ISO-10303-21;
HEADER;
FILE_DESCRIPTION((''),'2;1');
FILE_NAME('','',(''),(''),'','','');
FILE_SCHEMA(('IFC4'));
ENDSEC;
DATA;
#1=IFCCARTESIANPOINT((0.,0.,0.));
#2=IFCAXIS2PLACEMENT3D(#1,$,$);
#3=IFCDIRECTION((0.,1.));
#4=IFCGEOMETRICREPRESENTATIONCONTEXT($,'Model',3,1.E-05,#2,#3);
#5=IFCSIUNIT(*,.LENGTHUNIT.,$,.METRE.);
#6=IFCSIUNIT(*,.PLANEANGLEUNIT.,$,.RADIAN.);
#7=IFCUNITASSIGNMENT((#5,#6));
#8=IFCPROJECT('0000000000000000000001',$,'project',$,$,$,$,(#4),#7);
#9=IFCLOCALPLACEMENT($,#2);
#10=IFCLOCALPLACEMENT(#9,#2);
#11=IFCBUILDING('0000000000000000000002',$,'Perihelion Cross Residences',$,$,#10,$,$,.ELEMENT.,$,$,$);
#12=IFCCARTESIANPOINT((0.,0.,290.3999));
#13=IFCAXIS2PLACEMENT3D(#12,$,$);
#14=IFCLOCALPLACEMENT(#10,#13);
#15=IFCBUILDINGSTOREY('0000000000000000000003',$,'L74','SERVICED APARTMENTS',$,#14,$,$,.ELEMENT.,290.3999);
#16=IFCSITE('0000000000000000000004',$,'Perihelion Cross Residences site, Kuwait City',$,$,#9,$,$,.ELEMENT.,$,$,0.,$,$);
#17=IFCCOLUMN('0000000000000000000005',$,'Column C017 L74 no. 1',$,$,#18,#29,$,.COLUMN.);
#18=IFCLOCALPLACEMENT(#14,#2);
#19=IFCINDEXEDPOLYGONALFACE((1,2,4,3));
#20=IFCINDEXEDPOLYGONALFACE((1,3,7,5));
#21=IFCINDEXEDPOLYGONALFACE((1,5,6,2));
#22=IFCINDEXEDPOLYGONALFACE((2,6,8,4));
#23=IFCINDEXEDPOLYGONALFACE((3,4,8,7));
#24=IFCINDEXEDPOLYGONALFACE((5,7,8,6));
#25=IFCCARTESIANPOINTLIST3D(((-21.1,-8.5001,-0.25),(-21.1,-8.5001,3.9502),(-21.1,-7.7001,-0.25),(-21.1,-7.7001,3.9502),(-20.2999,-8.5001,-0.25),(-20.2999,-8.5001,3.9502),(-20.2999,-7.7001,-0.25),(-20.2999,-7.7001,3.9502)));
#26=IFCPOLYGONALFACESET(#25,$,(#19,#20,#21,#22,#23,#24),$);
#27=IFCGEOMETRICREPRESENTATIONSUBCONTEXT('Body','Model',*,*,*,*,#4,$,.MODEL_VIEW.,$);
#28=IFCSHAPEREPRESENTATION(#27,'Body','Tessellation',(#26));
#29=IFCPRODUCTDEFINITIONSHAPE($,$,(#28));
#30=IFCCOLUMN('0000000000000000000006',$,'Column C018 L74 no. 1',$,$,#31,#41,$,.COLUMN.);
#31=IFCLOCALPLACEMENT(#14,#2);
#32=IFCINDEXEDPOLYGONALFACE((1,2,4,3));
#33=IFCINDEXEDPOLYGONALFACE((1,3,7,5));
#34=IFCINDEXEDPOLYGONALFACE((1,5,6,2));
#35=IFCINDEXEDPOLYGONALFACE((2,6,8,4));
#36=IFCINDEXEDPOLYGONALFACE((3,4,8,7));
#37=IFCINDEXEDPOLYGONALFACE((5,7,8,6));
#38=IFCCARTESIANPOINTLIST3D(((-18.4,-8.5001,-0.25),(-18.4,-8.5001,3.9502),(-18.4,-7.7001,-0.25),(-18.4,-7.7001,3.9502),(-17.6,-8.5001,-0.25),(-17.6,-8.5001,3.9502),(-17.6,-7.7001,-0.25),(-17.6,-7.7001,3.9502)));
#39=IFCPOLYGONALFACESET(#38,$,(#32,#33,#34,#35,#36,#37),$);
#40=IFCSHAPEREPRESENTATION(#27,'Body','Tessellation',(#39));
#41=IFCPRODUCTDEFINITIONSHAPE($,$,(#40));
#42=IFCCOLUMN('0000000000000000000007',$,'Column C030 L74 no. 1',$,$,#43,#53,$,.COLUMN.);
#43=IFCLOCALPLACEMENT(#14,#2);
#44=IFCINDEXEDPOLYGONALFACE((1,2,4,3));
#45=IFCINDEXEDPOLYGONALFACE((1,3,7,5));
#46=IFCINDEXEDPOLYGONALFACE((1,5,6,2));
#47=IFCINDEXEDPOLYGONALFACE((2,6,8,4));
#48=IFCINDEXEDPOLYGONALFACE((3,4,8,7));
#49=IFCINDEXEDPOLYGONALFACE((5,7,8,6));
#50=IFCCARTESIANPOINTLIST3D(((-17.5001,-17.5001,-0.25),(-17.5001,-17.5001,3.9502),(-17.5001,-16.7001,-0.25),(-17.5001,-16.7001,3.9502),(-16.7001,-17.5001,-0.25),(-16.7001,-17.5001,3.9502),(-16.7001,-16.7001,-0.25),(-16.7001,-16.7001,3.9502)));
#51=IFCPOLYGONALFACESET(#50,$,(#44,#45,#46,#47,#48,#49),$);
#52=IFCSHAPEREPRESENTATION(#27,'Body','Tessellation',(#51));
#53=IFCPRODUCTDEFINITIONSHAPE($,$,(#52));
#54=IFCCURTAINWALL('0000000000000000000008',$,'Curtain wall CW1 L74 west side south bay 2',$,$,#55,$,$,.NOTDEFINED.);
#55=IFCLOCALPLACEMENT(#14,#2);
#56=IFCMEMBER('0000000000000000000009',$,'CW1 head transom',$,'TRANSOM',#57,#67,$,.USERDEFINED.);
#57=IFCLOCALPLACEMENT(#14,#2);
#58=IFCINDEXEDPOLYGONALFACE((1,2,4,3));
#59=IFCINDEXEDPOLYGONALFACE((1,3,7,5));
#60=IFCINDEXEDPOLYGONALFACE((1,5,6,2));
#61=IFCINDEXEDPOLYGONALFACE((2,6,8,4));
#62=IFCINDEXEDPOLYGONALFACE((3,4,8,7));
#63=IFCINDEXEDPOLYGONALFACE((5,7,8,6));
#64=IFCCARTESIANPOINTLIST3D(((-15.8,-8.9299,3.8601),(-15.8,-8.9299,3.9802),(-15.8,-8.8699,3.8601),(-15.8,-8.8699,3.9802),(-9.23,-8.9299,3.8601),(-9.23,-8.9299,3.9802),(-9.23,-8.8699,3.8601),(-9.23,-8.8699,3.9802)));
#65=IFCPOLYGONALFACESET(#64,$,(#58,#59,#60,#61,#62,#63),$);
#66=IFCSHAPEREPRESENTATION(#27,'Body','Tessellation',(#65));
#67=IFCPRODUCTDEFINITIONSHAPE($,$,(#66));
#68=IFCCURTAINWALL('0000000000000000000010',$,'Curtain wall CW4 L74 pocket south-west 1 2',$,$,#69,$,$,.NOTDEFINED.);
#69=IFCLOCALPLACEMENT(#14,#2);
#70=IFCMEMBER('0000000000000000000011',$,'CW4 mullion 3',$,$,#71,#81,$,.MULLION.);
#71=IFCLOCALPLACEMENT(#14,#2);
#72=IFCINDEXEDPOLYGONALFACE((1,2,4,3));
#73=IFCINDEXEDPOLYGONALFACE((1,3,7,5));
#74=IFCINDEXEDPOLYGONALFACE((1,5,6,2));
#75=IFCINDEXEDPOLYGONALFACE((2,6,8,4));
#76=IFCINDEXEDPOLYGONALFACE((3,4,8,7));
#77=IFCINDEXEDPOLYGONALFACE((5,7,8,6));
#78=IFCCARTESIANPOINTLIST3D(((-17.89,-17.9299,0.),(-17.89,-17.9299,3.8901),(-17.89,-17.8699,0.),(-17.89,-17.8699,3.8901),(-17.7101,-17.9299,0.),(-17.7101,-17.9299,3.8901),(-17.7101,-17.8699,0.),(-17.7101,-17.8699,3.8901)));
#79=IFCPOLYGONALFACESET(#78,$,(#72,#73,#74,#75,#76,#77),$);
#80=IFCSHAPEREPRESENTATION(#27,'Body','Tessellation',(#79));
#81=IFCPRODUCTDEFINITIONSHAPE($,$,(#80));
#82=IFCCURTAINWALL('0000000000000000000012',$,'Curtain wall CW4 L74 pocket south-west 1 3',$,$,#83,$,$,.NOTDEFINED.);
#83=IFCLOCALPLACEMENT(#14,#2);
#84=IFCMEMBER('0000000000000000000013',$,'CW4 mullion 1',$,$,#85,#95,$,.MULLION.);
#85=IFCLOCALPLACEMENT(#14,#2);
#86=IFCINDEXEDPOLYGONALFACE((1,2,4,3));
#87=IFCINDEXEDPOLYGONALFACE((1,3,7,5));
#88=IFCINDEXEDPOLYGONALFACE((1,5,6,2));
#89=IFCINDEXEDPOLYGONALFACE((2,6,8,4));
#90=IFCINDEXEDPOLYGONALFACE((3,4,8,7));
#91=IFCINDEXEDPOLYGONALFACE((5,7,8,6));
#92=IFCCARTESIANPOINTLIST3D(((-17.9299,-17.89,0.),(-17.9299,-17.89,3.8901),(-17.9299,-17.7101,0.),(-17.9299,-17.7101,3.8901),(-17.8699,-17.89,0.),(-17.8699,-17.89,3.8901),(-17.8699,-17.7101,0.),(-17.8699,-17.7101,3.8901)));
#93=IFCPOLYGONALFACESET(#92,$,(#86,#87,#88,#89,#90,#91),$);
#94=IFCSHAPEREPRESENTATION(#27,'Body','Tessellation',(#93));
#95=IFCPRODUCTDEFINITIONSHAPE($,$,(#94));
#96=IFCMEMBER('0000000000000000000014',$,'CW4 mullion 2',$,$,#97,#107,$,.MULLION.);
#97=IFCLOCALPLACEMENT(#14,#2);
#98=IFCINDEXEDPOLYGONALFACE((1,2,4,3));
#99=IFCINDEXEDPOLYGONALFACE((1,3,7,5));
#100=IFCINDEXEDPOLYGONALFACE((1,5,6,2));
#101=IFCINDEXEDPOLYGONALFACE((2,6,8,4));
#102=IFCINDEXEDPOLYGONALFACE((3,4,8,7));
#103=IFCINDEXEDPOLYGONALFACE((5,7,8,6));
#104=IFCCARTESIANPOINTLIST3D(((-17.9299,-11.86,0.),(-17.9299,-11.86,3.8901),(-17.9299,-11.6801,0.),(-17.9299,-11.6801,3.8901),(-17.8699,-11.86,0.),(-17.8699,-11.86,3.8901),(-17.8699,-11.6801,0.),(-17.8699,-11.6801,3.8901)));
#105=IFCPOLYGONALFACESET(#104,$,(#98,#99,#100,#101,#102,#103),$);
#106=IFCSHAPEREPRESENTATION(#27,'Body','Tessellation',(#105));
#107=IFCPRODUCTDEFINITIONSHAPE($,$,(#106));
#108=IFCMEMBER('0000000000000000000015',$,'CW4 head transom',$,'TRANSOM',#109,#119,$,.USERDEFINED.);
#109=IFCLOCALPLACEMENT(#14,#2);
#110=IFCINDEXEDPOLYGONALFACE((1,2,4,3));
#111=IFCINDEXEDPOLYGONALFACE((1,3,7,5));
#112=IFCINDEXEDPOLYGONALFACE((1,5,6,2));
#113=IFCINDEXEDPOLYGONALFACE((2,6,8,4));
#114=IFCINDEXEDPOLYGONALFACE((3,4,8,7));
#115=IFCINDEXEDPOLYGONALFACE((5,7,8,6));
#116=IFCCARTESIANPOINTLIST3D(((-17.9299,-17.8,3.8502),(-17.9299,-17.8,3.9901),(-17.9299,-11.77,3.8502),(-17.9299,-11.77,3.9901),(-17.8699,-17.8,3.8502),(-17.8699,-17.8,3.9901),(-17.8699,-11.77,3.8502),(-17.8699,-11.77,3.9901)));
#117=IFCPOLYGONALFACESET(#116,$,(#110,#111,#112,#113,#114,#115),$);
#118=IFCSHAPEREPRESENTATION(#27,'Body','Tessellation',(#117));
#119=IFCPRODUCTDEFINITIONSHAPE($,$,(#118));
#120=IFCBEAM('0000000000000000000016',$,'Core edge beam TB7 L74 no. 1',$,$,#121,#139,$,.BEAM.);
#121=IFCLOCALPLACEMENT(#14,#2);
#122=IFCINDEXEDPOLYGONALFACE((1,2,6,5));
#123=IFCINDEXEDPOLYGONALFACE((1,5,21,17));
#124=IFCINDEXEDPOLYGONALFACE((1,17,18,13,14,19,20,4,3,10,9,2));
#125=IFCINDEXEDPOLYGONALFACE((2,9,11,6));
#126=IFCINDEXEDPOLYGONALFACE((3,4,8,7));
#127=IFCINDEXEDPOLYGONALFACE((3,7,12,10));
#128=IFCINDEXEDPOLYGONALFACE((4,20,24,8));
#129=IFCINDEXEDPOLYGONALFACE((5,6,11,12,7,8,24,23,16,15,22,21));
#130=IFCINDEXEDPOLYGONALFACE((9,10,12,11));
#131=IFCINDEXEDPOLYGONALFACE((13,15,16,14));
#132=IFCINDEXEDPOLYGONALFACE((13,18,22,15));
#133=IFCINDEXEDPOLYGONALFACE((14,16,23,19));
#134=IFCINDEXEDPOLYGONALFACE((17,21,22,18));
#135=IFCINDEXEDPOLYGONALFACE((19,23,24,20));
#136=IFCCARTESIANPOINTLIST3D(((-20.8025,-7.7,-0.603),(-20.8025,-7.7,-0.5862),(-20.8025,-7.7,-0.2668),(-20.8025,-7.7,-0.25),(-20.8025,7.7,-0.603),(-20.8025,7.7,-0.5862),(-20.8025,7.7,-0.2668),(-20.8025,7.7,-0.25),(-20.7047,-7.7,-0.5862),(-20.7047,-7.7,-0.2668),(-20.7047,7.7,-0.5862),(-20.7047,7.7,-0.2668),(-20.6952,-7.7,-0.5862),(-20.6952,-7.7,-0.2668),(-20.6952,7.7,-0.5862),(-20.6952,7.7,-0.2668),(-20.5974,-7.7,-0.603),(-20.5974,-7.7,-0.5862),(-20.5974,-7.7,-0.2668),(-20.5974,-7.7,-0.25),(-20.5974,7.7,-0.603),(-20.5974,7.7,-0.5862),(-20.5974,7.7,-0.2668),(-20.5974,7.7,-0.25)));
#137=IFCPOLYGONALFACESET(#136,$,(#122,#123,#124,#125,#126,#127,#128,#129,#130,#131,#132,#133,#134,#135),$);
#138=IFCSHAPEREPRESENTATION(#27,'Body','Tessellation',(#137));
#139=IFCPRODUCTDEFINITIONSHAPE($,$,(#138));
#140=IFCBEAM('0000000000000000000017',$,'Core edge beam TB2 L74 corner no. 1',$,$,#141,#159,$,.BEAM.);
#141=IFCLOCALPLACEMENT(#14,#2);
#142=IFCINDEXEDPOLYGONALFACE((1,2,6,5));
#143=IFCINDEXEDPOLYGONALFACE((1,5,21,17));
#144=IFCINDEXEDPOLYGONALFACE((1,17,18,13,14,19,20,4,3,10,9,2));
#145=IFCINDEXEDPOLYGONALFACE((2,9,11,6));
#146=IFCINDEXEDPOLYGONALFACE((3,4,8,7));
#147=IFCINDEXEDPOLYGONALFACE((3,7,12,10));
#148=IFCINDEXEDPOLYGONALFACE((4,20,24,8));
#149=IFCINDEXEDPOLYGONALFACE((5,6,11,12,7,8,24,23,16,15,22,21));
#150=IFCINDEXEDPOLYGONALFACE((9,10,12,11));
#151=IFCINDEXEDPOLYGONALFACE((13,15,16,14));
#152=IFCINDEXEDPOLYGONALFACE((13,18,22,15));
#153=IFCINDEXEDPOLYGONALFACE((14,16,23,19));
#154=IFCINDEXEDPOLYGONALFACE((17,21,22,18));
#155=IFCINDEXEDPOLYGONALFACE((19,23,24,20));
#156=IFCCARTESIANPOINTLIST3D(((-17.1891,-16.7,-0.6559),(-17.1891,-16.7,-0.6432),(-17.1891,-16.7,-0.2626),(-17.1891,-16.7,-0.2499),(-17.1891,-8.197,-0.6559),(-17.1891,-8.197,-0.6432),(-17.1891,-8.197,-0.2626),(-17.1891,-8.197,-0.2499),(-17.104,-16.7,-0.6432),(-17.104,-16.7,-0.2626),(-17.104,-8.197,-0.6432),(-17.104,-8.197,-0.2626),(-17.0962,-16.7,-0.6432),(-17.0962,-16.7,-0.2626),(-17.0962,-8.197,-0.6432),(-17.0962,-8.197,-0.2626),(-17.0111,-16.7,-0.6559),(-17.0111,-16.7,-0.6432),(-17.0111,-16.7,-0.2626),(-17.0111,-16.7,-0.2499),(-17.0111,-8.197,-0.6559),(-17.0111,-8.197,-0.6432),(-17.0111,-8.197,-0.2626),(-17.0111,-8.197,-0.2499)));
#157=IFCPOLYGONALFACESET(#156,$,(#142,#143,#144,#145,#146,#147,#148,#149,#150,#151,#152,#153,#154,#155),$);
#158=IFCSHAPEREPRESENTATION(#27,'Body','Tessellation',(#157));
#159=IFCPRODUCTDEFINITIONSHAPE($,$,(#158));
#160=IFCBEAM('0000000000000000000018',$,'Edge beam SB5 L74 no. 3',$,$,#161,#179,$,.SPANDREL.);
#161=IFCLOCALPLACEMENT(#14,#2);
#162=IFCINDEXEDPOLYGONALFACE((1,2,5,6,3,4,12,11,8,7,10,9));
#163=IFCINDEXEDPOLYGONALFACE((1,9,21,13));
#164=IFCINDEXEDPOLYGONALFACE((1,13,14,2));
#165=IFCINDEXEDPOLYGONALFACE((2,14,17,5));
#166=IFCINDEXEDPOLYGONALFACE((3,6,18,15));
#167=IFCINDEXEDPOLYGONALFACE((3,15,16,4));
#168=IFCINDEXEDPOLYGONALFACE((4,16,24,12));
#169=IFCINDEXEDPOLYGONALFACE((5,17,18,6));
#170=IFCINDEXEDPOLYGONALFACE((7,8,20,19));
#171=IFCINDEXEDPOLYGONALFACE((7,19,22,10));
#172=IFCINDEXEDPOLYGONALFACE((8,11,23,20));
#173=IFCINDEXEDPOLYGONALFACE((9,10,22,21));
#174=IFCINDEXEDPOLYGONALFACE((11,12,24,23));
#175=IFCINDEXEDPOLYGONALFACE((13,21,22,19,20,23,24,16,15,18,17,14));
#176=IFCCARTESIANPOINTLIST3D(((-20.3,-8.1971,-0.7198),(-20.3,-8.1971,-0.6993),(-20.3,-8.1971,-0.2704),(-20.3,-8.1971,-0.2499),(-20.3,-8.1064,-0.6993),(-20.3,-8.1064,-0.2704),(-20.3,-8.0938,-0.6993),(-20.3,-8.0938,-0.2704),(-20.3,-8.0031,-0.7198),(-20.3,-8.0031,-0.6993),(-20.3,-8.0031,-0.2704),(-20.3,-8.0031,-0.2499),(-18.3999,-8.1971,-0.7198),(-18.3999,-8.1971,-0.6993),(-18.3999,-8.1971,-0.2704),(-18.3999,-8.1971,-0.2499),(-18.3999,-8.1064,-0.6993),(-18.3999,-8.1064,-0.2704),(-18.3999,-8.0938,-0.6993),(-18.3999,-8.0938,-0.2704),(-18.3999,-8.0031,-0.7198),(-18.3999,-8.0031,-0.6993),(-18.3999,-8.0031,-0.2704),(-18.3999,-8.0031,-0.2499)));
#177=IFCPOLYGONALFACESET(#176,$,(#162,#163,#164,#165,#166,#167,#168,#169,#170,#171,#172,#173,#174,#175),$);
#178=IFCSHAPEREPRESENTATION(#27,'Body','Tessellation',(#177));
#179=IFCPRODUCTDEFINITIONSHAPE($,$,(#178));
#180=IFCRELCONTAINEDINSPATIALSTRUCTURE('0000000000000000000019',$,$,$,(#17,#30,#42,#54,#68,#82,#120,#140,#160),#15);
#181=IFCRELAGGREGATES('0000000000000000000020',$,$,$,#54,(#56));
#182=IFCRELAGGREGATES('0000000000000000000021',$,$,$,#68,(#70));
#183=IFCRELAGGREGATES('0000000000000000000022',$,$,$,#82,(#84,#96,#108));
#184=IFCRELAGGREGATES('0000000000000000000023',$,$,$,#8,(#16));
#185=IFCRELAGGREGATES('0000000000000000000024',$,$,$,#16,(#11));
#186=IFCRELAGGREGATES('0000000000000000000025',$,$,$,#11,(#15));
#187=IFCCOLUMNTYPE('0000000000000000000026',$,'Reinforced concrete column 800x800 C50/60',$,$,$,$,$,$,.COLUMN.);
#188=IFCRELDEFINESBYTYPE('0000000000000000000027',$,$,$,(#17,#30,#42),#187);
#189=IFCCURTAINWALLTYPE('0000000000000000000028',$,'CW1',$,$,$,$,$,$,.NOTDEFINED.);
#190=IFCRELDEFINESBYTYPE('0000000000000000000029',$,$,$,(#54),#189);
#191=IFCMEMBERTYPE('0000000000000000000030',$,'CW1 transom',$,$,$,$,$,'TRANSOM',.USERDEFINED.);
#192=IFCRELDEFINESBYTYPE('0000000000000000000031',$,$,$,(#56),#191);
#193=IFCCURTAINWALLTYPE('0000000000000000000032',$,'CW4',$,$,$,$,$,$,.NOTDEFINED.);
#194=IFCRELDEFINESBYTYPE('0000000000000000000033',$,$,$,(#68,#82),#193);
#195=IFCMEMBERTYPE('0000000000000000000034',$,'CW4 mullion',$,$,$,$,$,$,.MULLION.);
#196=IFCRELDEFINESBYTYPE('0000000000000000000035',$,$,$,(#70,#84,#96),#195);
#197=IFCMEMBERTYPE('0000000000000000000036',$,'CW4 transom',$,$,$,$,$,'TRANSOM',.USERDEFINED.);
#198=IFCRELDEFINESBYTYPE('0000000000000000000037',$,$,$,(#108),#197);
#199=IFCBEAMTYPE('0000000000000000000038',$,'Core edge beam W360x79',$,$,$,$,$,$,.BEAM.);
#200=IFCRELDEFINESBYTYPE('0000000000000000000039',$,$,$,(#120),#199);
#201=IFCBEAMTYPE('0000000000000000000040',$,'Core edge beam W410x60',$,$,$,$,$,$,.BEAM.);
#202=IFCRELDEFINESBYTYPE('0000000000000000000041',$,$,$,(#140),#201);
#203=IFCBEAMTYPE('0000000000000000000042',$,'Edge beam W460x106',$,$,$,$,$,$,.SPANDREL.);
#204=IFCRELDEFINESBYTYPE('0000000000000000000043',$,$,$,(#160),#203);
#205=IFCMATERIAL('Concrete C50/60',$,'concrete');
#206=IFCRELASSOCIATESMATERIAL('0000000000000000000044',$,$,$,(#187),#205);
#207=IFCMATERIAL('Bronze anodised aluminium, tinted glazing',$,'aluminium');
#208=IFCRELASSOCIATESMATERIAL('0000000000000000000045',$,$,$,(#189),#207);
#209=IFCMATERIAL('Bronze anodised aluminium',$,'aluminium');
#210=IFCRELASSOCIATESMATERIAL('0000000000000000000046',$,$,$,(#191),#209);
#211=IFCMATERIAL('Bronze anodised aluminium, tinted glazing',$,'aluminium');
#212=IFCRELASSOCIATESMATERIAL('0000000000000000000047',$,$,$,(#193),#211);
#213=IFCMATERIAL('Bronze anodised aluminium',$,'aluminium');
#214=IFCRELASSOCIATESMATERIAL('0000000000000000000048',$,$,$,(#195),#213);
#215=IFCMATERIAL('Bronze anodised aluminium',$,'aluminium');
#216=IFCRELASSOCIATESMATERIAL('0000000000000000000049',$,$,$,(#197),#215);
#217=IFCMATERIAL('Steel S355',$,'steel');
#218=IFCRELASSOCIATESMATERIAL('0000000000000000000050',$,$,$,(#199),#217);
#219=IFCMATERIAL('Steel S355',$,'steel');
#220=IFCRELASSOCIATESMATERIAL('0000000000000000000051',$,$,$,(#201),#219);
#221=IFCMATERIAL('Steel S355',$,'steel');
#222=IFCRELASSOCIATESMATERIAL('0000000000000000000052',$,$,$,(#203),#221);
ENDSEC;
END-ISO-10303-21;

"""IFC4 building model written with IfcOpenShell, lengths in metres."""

from ifc_helpers import new_model, si_unit, direction, frame, origin, origin_2d, place, context, subcontext, project, spatial, rectangle, i_section, extrude, material, material_profile, profile_set, type_object, element, aggregate, save


model = new_model("IFC4")

# Units and contexts
model_context = context("Model", 3, precision=1e-05, world=origin(), true_north=direction((0.0, 1.0)))
body_context = subcontext(model_context, "Body", "Model", "MODEL_VIEW")
ifc_project = project(units=[si_unit("LENGTHUNIT", "METRE"), si_unit("PLANEANGLEUNIT", "RADIAN")], contexts=[model_context])

# Site, building, storey
site_placement = place(None, origin())
site = spatial("IfcSite", under=ifc_project, at=site_placement, Name="Perihelion Cross Residences site, Kuwait City", CompositionType="ELEMENT", RefElevation=0.0)
building_placement = place(site_placement, origin())
building = spatial("IfcBuilding", under=site, at=building_placement, Name="Perihelion Cross Residences", CompositionType="ELEMENT")
storey_placement = place(building_placement, frame((0.0, 0.0, 290.3999)))
storey = spatial("IfcBuildingStorey", under=building, at=storey_placement, Name="L74", Description="SERVICED APARTMENTS", CompositionType="ELEMENT", Elevation=290.3999)

# Columns
ifc_material_1 = material(Name="Concrete C50/60", Category="concrete")
ifc_material_profile_1 = material_profile(ifc_material_1, rectangle(XDim=0.8, YDim=0.8, at=origin_2d()), Name="RC 800x800")
ifc_profile_set_1 = profile_set([ifc_material_profile_1], Name="Concrete C50/60")
column_type = type_object("IfcColumnType", Name="Reinforced concrete column 800x800 C50/60", PredefinedType="COLUMN", material=ifc_profile_set_1)
for number, where, z_axis, x_axis, name in (
    (1, (-20.7, -8.1001, -0.25), (0.0, 0.0, 1.0), (1.0, 0.0, 0.0), "Column C017 L74 no. 1"),
    (2, (-18.0, -8.1001, -0.25), (0.0, 0.0, 1.0), (1.0, 0.0, 0.0), "Column C018 L74 no. 1"),
    (3, (-17.1001, -17.1001, -0.25), (0.0, 0.0, 1.0), (1.0, 0.0, 0.0), "Column C030 L74 no. 1"),
):
    element("IfcColumn", number, at=place(storey_placement, frame(where, z_axis=z_axis, x_axis=x_axis)), inside=storey, type_object=column_type, Name=name, PredefinedType="COLUMN", context=body_context, shape_type="SweptSolid", body=[
        extrude(rectangle(XDim=0.8, YDim=0.8, at=origin_2d()), origin(), (0.0, 0.0, 1.0), 4.2002),
    ])

# Curtain walls, members
ifc_material_2 = material(Name="Bronze anodised aluminium, tinted glazing", Category="aluminium")
curtain_wall_type_1 = type_object("IfcCurtainWallType", Name="CW1", PredefinedType="NOTDEFINED", material=ifc_material_2)
curtain_wall_1_placement = place(storey_placement, origin())
curtain_wall_1 = element("IfcCurtainWall", 4, at=curtain_wall_1_placement, inside=storey, type_object=curtain_wall_type_1, Name="Curtain wall CW1 L74 west side south bay 2", PredefinedType="NOTDEFINED")
ifc_material_3 = material(Name="Bronze anodised aluminium", Category="aluminium")
ifc_material_profile_2 = material_profile(ifc_material_3, rectangle(XDim=0.0601, YDim=0.1201, at=origin_2d()), Name="CW1 transom")
ifc_profile_set_2 = profile_set([ifc_material_profile_2], Name="Bronze anodised aluminium")
member_type_1 = type_object("IfcMemberType", Name="CW1 transom", ElementType="TRANSOM", PredefinedType="USERDEFINED", material=ifc_profile_set_2)
member_1_placement = place(storey_placement, frame((-15.8, -8.8999, 3.9202), z_axis=(1.0, 0.0, 0.0), x_axis=(0.0, 1.0, 0.0)))
member_1 = element("IfcMember", 5, at=member_1_placement, type_object=member_type_1, Name="CW1 head transom", ObjectType="TRANSOM", PredefinedType="USERDEFINED", context=body_context, shape_type="SweptSolid", body=[
    extrude(rectangle(XDim=0.0601, YDim=0.1201, at=origin_2d()), origin(), (0.0, 0.0, 1.0), 6.5701),
])
ifc_material_4 = material(Name="Bronze anodised aluminium, tinted glazing", Category="aluminium")
curtain_wall_type_2 = type_object("IfcCurtainWallType", Name="CW4", PredefinedType="NOTDEFINED", material=ifc_material_4)
curtain_wall_2_placement = place(storey_placement, origin())
curtain_wall_2 = element("IfcCurtainWall", 6, at=curtain_wall_2_placement, inside=storey, type_object=curtain_wall_type_2, Name="Curtain wall CW4 L74 pocket south-west 1 2", PredefinedType="NOTDEFINED")
ifc_material_5 = material(Name="Bronze anodised aluminium", Category="aluminium")
ifc_material_profile_3 = material_profile(ifc_material_5, rectangle(XDim=0.0601, YDim=0.1799, at=origin_2d()), Name="CW4 mullion")
ifc_profile_set_3 = profile_set([ifc_material_profile_3], Name="Bronze anodised aluminium")
member_type_2 = type_object("IfcMemberType", Name="CW4 mullion", PredefinedType="MULLION", material=ifc_profile_set_3)
member_2_placement = place(storey_placement, frame((-17.8, -17.8999, 0.0), z_axis=(0.0, 0.0, 1.0), x_axis=(0.0, -1.0, 0.0)))
member_2 = element("IfcMember", 7, at=member_2_placement, type_object=member_type_2, Name="CW4 mullion 3", PredefinedType="MULLION", context=body_context, shape_type="SweptSolid", body=[
    extrude(rectangle(XDim=0.0601, YDim=0.1799, at=origin_2d()), origin(), (0.0, 0.0, 1.0), 3.8901),
])

# Curtain wall, members
curtain_wall_3_placement = place(storey_placement, origin())
curtain_wall_3 = element("IfcCurtainWall", 8, at=curtain_wall_3_placement, inside=storey, type_object=curtain_wall_type_2, Name="Curtain wall CW4 L74 pocket south-west 1 3", PredefinedType="NOTDEFINED")
member_3_placement = place(storey_placement, frame((-17.8999, -17.8, 0.0), z_axis=(0.0, 0.0, 1.0), x_axis=(-1.0, 0.0, 0.0)))
member_3 = element("IfcMember", 9, at=member_3_placement, type_object=member_type_2, Name="CW4 mullion 1", PredefinedType="MULLION", context=body_context, shape_type="SweptSolid", body=[
    extrude(rectangle(XDim=0.0601, YDim=0.1799, at=origin_2d()), origin(), (0.0, 0.0, 1.0), 3.8901),
])
member_4_placement = place(storey_placement, frame((-17.8999, -11.77, 0.0), z_axis=(0.0, 0.0, 1.0), x_axis=(-1.0, 0.0, 0.0)))
member_4 = element("IfcMember", 10, at=member_4_placement, type_object=member_type_2, Name="CW4 mullion 2", PredefinedType="MULLION", context=body_context, shape_type="SweptSolid", body=[
    extrude(rectangle(XDim=0.0601, YDim=0.1799, at=origin_2d()), origin(), (0.0, 0.0, 1.0), 3.8901),
])
ifc_material_6 = material(Name="Bronze anodised aluminium", Category="aluminium")
ifc_material_profile_4 = material_profile(ifc_material_6, rectangle(XDim=0.0601, YDim=0.1399, at=origin_2d()), Name="CW4 transom")
ifc_profile_set_4 = profile_set([ifc_material_profile_4], Name="Bronze anodised aluminium")
member_type_3 = type_object("IfcMemberType", Name="CW4 transom", ElementType="TRANSOM", PredefinedType="USERDEFINED", material=ifc_profile_set_4)
member_5_placement = place(storey_placement, frame((-17.8999, -17.8, 3.9202), z_axis=(0.0, 1.0, 0.0), x_axis=(-1.0, 0.0, 0.0)))
member_5 = element("IfcMember", 11, at=member_5_placement, type_object=member_type_3, Name="CW4 head transom", ObjectType="TRANSOM", PredefinedType="USERDEFINED", context=body_context, shape_type="SweptSolid", body=[
    extrude(rectangle(XDim=0.0601, YDim=0.1399, at=origin_2d()), origin(), (0.0, 0.0, 1.0), 6.03),
])

# Beams
ifc_material_7 = material(Name="Steel S355", Category="steel")
ifc_material_profile_5 = material_profile(ifc_material_7, i_section(OverallWidth=0.2051, OverallDepth=0.353, WebThickness=0.0095, FlangeThickness=0.0168, at=origin_2d()), Name="W360x79")
ifc_profile_set_5 = profile_set([ifc_material_profile_5], Name="Steel S355")
beam_type_1 = type_object("IfcBeamType", Name="Core edge beam W360x79", PredefinedType="BEAM", material=ifc_profile_set_5)
beam_1_placement = place(storey_placement, frame((-20.7, -7.7, -0.4265), z_axis=(0.0, 1.0, 0.0), x_axis=(-1.0, 0.0, 0.0)))
element("IfcBeam", 12, at=beam_1_placement, inside=storey, type_object=beam_type_1, Name="Core edge beam TB7 L74 no. 1", PredefinedType="BEAM", context=body_context, shape_type="SweptSolid", body=[
    extrude(i_section(OverallWidth=0.2051, OverallDepth=0.353, WebThickness=0.0095, FlangeThickness=0.0168, at=origin_2d()), origin(), (0.0, 0.0, 1.0), 15.3999),
])
ifc_material_8 = material(Name="Steel S355", Category="steel")
ifc_material_profile_6 = material_profile(ifc_material_8, i_section(OverallWidth=0.178, OverallDepth=0.406, WebThickness=0.0078, FlangeThickness=0.0127, at=origin_2d()), Name="W410x60")
ifc_profile_set_6 = profile_set([ifc_material_profile_6], Name="Steel S355")
beam_type_2 = type_object("IfcBeamType", Name="Core edge beam W410x60", PredefinedType="BEAM", material=ifc_profile_set_6)
beam_2_placement = place(storey_placement, frame((-17.1001, -8.197, -0.4529), z_axis=(0.0, -1.0, 0.0), x_axis=(1.0, 0.0, 0.0)))
element("IfcBeam", 13, at=beam_2_placement, inside=storey, type_object=beam_type_2, Name="Core edge beam TB2 L74 corner no. 1", PredefinedType="BEAM", context=body_context, shape_type="SweptSolid", body=[
    extrude(i_section(OverallWidth=0.178, OverallDepth=0.406, WebThickness=0.0078, FlangeThickness=0.0127, at=origin_2d()), origin(), (0.0, 0.0, 1.0), 8.5029),
])
ifc_material_9 = material(Name="Steel S355", Category="steel")
ifc_material_profile_7 = material_profile(ifc_material_9, i_section(OverallWidth=0.1941, OverallDepth=0.47, WebThickness=0.0127, FlangeThickness=0.0205, at=origin_2d()), Name="W460x106")
ifc_profile_set_7 = profile_set([ifc_material_profile_7], Name="Steel S355")
beam_type_3 = type_object("IfcBeamType", Name="Edge beam W460x106", PredefinedType="SPANDREL", material=ifc_profile_set_7)
beam_3_placement = place(storey_placement, frame((-20.3, -8.1001, -0.4849), z_axis=(1.0, 0.0, 0.0), x_axis=(0.0, 1.0, 0.0)))
element("IfcBeam", 14, at=beam_3_placement, inside=storey, type_object=beam_type_3, Name="Edge beam SB5 L74 no. 3", PredefinedType="SPANDREL", context=body_context, shape_type="SweptSolid", body=[
    extrude(i_section(OverallWidth=0.1941, OverallDepth=0.47, WebThickness=0.0127, FlangeThickness=0.0205, at=origin_2d()), origin(), (0.0, 0.0, 1.0), 1.9001),
])

aggregate(curtain_wall_1, [member_1])
aggregate(curtain_wall_2, [member_2])
aggregate(curtain_wall_3, [member_3, member_4, member_5])

save(model, "model.ifc")
